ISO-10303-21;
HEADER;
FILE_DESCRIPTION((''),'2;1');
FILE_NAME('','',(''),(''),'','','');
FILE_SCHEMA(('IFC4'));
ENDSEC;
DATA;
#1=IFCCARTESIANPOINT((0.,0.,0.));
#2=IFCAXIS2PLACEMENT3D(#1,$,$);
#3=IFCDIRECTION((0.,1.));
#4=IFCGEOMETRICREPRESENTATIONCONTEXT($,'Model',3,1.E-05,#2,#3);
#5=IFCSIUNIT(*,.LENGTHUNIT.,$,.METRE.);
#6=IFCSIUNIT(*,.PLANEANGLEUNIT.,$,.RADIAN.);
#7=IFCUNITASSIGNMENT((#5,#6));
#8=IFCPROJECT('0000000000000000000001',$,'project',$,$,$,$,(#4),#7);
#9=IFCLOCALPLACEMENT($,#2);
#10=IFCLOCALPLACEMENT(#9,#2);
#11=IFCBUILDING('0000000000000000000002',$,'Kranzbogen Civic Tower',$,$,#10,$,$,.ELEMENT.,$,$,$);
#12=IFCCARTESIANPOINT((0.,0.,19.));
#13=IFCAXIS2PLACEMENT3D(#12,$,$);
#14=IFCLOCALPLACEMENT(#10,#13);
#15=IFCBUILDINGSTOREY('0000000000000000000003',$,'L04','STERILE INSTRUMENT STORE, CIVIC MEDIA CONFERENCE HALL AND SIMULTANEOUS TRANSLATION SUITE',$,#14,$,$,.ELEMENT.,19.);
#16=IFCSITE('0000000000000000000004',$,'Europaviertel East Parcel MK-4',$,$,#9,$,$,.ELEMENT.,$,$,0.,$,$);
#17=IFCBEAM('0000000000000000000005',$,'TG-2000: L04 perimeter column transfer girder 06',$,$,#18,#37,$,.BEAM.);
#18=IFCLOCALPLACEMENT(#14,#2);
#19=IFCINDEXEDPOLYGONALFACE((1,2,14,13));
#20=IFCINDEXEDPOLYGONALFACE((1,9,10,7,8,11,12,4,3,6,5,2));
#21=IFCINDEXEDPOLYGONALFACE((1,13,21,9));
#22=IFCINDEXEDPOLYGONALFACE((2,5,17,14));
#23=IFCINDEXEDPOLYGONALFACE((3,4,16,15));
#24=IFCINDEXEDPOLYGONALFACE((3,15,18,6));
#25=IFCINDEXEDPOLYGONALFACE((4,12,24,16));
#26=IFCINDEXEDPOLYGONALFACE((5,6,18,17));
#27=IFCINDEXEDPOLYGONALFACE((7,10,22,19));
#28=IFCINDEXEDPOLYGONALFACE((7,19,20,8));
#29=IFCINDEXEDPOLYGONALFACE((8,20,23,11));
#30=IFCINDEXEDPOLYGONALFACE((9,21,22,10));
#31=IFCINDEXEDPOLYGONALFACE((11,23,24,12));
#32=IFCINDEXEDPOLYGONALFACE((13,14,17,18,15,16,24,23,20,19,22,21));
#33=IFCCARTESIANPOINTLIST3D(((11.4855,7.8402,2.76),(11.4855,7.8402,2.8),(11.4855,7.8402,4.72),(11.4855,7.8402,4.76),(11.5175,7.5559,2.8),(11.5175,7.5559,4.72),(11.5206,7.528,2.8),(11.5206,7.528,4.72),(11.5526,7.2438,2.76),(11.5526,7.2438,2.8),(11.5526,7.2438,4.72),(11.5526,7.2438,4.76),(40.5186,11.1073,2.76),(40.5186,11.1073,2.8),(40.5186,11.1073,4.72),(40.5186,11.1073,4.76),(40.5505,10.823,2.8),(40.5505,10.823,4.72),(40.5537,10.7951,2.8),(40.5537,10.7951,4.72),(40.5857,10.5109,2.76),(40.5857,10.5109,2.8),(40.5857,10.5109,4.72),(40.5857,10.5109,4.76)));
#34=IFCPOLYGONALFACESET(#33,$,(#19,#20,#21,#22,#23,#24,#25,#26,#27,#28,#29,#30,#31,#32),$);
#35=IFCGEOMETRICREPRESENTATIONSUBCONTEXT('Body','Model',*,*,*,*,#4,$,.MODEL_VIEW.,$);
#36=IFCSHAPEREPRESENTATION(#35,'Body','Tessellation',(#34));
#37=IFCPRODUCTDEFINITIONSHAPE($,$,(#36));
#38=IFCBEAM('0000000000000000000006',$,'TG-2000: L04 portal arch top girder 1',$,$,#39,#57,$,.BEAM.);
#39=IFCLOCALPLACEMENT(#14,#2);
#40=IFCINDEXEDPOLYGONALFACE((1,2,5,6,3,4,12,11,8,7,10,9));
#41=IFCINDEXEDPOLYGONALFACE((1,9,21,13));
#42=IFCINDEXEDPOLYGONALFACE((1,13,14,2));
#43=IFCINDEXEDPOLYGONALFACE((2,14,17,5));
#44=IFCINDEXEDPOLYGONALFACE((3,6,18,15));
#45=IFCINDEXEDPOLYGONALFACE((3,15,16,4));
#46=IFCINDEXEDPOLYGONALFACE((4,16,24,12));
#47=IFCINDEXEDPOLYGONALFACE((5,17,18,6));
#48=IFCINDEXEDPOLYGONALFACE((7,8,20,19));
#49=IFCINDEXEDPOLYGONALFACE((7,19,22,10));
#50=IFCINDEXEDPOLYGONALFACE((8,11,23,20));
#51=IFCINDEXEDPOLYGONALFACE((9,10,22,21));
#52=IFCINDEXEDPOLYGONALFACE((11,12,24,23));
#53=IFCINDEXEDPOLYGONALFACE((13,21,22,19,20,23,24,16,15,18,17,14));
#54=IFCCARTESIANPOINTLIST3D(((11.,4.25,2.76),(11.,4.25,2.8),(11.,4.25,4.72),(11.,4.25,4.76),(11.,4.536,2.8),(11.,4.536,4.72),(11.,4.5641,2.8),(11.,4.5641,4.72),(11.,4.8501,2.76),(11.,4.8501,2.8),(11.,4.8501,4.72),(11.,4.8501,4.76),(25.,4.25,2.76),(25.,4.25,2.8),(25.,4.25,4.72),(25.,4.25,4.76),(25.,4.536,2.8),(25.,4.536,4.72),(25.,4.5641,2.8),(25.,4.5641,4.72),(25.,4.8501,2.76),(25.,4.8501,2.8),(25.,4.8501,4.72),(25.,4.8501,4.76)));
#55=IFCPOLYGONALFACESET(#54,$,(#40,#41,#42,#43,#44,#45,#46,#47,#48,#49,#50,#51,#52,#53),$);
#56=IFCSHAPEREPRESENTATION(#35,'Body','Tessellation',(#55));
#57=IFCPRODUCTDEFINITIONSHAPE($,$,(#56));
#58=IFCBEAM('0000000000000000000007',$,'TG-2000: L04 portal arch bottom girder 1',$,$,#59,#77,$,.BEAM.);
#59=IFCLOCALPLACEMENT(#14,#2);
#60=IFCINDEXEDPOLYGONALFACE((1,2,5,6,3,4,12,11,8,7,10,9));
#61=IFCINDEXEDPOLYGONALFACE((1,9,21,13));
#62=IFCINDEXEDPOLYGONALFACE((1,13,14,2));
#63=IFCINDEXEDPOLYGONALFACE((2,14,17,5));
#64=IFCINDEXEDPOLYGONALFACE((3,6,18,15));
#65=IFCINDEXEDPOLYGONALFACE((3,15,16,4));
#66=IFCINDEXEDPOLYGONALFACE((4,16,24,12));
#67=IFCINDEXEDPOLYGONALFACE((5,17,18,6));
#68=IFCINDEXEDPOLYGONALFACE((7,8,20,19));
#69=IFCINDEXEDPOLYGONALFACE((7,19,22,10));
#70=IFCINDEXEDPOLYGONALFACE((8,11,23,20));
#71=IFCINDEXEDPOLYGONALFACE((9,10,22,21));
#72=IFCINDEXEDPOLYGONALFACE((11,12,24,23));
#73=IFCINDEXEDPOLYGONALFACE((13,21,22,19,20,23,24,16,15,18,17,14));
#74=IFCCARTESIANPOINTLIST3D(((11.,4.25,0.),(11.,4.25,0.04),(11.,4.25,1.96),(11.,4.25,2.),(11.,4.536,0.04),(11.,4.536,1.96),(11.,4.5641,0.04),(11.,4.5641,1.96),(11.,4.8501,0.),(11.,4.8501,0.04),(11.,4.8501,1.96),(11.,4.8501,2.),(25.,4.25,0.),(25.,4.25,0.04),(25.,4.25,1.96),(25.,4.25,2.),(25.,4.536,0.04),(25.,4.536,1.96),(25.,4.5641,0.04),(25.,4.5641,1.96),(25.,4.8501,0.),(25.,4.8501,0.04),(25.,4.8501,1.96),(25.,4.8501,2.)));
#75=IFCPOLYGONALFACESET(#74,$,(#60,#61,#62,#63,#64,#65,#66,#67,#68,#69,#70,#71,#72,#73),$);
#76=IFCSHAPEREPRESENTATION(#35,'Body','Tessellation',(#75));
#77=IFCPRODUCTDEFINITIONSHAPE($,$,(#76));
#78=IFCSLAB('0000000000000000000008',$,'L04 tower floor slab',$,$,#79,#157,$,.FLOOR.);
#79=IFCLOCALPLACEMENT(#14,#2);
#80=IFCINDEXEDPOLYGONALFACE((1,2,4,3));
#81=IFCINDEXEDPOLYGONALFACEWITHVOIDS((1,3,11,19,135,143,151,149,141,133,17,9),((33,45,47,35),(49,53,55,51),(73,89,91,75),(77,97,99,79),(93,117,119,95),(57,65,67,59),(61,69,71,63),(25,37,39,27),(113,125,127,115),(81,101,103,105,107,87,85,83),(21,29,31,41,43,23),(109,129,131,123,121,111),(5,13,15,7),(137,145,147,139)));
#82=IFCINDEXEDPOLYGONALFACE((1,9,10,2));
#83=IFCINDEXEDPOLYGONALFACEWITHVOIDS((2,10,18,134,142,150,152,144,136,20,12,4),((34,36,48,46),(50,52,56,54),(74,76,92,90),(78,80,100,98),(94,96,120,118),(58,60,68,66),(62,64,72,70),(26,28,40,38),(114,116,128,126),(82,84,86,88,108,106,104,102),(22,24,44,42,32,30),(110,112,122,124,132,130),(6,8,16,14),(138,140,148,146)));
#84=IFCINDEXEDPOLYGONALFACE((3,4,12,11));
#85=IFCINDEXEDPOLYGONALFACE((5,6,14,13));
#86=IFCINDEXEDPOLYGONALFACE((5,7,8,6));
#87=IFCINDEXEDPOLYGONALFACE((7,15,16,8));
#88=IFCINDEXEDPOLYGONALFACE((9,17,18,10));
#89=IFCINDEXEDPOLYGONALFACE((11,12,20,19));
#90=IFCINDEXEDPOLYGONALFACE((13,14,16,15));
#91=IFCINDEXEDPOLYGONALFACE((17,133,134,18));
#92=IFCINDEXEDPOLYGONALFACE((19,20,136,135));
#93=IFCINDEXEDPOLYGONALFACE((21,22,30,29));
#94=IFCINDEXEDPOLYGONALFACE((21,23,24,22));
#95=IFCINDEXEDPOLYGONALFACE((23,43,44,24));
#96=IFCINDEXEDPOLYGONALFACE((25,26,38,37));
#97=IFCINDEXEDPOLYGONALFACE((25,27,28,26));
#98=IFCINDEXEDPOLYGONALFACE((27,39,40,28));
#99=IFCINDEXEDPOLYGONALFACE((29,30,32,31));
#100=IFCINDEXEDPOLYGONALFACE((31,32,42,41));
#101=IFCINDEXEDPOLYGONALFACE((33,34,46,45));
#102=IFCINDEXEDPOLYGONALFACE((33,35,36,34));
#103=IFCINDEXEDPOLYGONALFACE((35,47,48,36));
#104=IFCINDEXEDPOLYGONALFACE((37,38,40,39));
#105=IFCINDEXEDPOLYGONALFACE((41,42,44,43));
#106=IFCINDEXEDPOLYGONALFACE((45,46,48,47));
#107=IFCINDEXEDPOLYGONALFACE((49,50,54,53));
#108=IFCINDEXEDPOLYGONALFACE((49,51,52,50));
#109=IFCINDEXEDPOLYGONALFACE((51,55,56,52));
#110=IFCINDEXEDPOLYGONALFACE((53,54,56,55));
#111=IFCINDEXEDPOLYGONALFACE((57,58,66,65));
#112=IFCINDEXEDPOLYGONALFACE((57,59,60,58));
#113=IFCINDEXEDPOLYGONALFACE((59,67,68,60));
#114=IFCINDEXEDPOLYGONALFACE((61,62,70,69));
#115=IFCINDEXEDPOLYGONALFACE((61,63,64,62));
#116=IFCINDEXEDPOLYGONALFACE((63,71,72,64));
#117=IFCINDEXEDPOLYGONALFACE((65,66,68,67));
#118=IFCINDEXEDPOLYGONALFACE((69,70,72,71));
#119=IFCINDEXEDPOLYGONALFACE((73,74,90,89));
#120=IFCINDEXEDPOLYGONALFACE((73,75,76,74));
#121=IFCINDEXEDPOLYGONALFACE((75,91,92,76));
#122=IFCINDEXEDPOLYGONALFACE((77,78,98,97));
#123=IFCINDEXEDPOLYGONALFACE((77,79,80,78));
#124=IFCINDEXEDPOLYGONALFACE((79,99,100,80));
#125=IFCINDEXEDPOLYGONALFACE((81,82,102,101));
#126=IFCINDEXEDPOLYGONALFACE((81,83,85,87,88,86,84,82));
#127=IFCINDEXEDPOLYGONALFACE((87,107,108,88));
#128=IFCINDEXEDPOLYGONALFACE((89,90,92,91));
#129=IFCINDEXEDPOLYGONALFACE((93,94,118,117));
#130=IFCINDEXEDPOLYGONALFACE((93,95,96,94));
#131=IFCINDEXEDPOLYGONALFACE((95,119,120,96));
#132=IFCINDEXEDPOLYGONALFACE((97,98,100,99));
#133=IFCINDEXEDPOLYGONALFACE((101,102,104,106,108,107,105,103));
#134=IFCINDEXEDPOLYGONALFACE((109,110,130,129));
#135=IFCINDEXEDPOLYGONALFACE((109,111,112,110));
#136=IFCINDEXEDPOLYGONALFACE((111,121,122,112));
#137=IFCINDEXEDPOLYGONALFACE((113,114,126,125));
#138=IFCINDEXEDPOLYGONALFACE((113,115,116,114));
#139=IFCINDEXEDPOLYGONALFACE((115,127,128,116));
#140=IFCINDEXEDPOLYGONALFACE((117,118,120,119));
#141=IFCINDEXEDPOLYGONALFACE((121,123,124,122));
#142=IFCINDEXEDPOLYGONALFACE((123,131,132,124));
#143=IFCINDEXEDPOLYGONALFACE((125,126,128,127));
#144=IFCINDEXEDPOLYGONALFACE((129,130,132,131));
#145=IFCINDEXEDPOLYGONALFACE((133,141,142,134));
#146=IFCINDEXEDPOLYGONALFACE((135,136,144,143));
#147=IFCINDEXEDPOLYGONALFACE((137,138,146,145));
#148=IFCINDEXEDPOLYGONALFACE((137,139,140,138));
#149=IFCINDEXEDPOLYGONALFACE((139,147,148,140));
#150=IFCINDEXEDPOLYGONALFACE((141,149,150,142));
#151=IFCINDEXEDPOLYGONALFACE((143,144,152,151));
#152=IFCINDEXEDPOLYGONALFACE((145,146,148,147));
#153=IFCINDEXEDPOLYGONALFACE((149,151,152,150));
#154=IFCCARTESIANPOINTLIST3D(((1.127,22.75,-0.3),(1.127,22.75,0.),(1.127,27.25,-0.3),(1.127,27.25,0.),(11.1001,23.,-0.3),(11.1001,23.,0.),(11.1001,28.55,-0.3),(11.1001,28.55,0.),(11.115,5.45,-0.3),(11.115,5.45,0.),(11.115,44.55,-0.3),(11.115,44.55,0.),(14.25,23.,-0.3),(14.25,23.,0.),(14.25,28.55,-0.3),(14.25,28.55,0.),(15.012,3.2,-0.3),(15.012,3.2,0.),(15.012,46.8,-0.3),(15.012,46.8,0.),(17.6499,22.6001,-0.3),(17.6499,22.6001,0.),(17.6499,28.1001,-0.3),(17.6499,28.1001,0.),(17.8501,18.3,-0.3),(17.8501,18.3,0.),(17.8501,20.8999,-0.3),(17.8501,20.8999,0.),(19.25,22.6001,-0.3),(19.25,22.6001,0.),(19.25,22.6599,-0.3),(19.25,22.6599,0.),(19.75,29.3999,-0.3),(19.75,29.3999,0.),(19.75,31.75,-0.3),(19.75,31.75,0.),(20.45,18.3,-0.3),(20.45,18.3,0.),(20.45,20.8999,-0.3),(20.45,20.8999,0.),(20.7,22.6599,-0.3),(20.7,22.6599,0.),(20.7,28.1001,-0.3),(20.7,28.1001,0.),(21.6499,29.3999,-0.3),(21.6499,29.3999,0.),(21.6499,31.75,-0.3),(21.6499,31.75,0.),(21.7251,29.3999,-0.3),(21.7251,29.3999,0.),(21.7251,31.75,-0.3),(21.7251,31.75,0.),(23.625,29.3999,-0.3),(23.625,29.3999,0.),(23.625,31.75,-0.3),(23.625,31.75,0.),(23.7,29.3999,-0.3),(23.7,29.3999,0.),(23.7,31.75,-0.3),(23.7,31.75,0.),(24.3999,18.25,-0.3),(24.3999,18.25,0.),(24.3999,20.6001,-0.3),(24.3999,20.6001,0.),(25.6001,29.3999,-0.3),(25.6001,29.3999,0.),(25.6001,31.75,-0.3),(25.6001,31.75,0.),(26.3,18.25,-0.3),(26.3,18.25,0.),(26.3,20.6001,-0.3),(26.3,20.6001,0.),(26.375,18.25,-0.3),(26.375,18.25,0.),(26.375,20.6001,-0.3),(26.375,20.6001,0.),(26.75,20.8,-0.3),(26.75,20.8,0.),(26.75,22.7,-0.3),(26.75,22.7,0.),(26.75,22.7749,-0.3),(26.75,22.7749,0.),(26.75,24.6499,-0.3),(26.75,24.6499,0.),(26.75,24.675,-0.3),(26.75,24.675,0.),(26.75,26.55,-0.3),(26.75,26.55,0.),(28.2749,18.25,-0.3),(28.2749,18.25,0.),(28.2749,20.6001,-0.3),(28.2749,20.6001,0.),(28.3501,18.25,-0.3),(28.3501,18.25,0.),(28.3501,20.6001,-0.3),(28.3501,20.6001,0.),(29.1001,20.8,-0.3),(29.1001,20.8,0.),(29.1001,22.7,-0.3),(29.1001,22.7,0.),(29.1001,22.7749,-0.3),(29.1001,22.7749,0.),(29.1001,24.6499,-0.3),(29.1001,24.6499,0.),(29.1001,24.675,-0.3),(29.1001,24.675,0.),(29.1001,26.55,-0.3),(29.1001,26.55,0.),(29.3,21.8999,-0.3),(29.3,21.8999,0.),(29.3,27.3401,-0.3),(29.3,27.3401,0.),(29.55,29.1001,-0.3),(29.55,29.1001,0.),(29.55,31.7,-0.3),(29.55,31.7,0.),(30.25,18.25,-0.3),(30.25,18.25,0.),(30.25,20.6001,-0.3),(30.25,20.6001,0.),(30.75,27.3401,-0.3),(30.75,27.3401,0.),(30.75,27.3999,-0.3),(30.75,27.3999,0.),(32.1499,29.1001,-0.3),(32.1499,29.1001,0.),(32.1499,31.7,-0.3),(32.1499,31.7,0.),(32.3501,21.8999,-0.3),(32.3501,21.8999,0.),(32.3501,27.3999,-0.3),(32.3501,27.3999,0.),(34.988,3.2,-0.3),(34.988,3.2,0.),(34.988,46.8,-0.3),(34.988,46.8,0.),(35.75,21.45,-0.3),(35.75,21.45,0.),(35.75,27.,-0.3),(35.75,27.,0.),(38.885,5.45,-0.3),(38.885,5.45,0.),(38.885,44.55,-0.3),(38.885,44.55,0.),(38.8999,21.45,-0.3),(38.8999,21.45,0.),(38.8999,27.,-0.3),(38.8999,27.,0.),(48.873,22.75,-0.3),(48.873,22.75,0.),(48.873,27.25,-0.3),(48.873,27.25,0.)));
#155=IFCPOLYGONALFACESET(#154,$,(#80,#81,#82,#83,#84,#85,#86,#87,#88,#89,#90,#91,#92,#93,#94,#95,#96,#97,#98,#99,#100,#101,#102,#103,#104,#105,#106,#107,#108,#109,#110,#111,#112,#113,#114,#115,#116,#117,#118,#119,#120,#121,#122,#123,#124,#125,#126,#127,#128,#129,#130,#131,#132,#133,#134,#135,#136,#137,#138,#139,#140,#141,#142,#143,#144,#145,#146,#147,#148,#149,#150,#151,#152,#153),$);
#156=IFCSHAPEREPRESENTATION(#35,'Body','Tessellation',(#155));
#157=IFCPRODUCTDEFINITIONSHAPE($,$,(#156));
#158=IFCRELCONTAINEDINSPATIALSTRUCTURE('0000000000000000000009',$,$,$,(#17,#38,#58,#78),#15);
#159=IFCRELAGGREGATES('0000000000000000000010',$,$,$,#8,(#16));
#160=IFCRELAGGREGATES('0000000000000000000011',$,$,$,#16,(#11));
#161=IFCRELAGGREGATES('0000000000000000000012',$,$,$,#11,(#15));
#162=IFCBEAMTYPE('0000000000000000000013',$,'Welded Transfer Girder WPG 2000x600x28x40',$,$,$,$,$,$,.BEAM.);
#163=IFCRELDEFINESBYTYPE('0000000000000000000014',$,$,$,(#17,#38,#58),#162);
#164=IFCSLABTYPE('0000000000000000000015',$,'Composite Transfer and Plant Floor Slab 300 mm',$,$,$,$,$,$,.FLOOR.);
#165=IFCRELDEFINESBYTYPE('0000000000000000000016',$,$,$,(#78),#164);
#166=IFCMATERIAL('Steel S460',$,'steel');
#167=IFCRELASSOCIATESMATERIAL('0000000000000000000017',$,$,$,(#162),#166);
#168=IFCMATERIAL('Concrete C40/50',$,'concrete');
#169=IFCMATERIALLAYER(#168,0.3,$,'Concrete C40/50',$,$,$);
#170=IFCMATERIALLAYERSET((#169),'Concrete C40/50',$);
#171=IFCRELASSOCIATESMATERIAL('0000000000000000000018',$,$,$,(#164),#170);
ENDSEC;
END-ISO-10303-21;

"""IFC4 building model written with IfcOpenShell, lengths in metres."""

from ifc_helpers import new_model, si_unit, direction, frame, origin, origin_2d, place, context, subcontext, project, spatial, polyline, i_section, outline, extrude, material, layer, layer_set, material_profile, profile_set, type_object, element, save


model = new_model("IFC4")

# Units and contexts
model_context = context("Model", 3, precision=1e-05, world=origin(), true_north=direction((0.0, 1.0)))
body_context = subcontext(model_context, "Body", "Model", "MODEL_VIEW")
ifc_project = project(units=[si_unit("LENGTHUNIT", "METRE"), si_unit("PLANEANGLEUNIT", "RADIAN")], contexts=[model_context])

# Site, building, storey
site_placement = place(None, origin())
site = spatial("IfcSite", under=ifc_project, at=site_placement, Name="Europaviertel East Parcel MK-4", CompositionType="ELEMENT", RefElevation=0.0)
building_placement = place(site_placement, origin())
building = spatial("IfcBuilding", under=site, at=building_placement, Name="Kranzbogen Civic Tower", CompositionType="ELEMENT")
storey_placement = place(building_placement, frame((0.0, 0.0, 19.0)))
storey = spatial("IfcBuildingStorey", under=building, at=storey_placement, Name="L04", Description="STERILE INSTRUMENT STORE, CIVIC MEDIA CONFERENCE HALL AND SIMULTANEOUS TRANSLATION SUITE", CompositionType="ELEMENT", Elevation=19.0)

# Shared definitions
ifc_material_1 = material(Name="Steel S460", Category="steel")

# Beams
ifc_material_profile_1 = material_profile(ifc_material_1, i_section(OverallWidth=0.6001, OverallDepth=2.0, WebThickness=0.0281, FlangeThickness=0.04, at=origin_2d()), Name="WPG 2000x600x28x40")
ifc_profile_set_1 = profile_set([ifc_material_profile_1], Name="Steel S460")
beam_type = type_object("IfcBeamType", Name="Welded Transfer Girder WPG 2000x600x28x40", PredefinedType="BEAM", material=ifc_profile_set_1)
beam_1_placement = place(storey_placement, frame((11.519, 7.542, 3.76), z_axis=(0.993728, 0.111825, 0.0), x_axis=(-0.111825, 0.993728, 0.0)))
element("IfcBeam", 1, at=beam_1_placement, inside=storey, type_object=beam_type, Name="TG-2000: L04 perimeter column transfer girder 06", PredefinedType="BEAM", context=body_context, shape_type="SweptSolid", body=[
    extrude(i_section(OverallWidth=0.6001, OverallDepth=2.0, WebThickness=0.0281, FlangeThickness=0.04, at=origin_2d()), origin(), (0.0, 0.0, 1.0), 29.2163),
])
for number, where, z_axis, x_axis, name in (
    (2, (11.0, 4.55, 3.76), (1.0, 0.0, 0.0), (0.0, 1.0, 0.0), "TG-2000: L04 portal arch top girder 1"),
    (3, (11.0, 4.55, 1.0), (1.0, 0.0, 0.0), (0.0, 1.0, 0.0), "TG-2000: L04 portal arch bottom girder 1"),
):
    element("IfcBeam", number, at=place(storey_placement, frame(where, z_axis=z_axis, x_axis=x_axis)), inside=storey, type_object=beam_type, Name=name, PredefinedType="BEAM", context=body_context, shape_type="SweptSolid", body=[
        extrude(i_section(OverallWidth=0.6001, OverallDepth=2.0, WebThickness=0.0281, FlangeThickness=0.04, at=origin_2d()), origin(), (0.0, 0.0, 1.0), 14.0),
    ])

# Slab
ifc_material_2 = material(Name="Concrete C40/50", Category="concrete")
ifc_layer_1 = layer(ifc_material_2, 0.3, Name="Concrete C40/50")
ifc_layer_set_1 = layer_set([ifc_layer_1], Name="Concrete C40/50")
slab_type_1 = type_object("IfcSlabType", Name="Composite Transfer and Plant Floor Slab 300 mm", PredefinedType="FLOOR", material=ifc_layer_set_1)
slab_1_placement = place(storey_placement, frame((0.0, 0.0, -0.3)))
element("IfcSlab", 4, at=slab_1_placement, inside=storey, type_object=slab_type_1, Name="L04 tower floor slab", PredefinedType="FLOOR", context=body_context, shape_type="SweptSolid", body=[
    extrude(outline(polyline([(48.873, 27.25), (38.885, 44.55), (34.988, 46.8), (15.012, 46.8), (11.115, 44.55), (1.127, 27.25), (1.127, 22.75), (11.115, 5.45), (15.012, 3.2), (34.988, 3.2), (38.885, 5.45), (48.873, 22.75), (48.873, 27.25)]), holes=[polyline([(26.3, 18.25), (24.3999, 18.25), (24.3999, 20.6001), (26.3, 20.6001), (26.3, 18.25)]), polyline([(28.2749, 18.25), (26.375, 18.25), (26.375, 20.6001), (28.2749, 20.6001), (28.2749, 18.25)]), polyline([(20.45, 18.3), (17.8501, 18.3), (17.8501, 20.8999), (20.45, 20.8999), (20.45, 18.3)]), polyline([(29.1001, 22.7749), (26.75, 22.7749), (26.75, 24.6499), (26.75, 24.675), (26.75, 26.55), (29.1001, 26.55), (29.1001, 24.675), (29.1001, 24.6499), (29.1001, 22.7749)]), polyline([(19.25, 22.6599), (19.25, 22.6001), (17.6499, 22.6001), (17.6499, 28.1001), (20.7, 28.1001), (20.7, 22.6599), (19.25, 22.6599)]), polyline([(14.25, 23.0), (11.1001, 23.0), (11.1001, 28.55), (14.25, 28.55), (14.25, 23.0)]), polyline([(19.75, 29.3999), (19.75, 31.75), (21.6499, 31.75), (21.6499, 29.3999), (19.75, 29.3999)]), polyline([(21.7251, 29.3999), (21.7251, 31.75), (23.625, 31.75), (23.625, 29.3999), (21.7251, 29.3999)]), polyline([(25.6001, 29.3999), (23.7, 29.3999), (23.7, 31.75), (25.6001, 31.75), (25.6001, 29.3999)]), polyline([(30.25, 18.25), (28.3501, 18.25), (28.3501, 20.6001), (30.25, 20.6001), (30.25, 18.25)]), polyline([(26.75, 20.8), (26.75, 22.7), (29.1001, 22.7), (29.1001, 20.8), (26.75, 20.8)]), polyline([(35.75, 27.0), (38.8999, 27.0), (38.8999, 21.45), (35.75, 21.45), (35.75, 27.0)]), polyline([(30.75, 27.3401), (30.75, 27.3999), (32.3501, 27.3999), (32.3501, 21.8999), (29.3, 21.8999), (29.3, 27.3401), (30.75, 27.3401)]), polyline([(29.55, 29.1001), (29.55, 31.7), (32.1499, 31.7), (32.1499, 29.1001), (29.55, 29.1001)])]), origin(), (0.0, 0.0, 1.0), 0.3),
])

save(model, "model.ifc")
